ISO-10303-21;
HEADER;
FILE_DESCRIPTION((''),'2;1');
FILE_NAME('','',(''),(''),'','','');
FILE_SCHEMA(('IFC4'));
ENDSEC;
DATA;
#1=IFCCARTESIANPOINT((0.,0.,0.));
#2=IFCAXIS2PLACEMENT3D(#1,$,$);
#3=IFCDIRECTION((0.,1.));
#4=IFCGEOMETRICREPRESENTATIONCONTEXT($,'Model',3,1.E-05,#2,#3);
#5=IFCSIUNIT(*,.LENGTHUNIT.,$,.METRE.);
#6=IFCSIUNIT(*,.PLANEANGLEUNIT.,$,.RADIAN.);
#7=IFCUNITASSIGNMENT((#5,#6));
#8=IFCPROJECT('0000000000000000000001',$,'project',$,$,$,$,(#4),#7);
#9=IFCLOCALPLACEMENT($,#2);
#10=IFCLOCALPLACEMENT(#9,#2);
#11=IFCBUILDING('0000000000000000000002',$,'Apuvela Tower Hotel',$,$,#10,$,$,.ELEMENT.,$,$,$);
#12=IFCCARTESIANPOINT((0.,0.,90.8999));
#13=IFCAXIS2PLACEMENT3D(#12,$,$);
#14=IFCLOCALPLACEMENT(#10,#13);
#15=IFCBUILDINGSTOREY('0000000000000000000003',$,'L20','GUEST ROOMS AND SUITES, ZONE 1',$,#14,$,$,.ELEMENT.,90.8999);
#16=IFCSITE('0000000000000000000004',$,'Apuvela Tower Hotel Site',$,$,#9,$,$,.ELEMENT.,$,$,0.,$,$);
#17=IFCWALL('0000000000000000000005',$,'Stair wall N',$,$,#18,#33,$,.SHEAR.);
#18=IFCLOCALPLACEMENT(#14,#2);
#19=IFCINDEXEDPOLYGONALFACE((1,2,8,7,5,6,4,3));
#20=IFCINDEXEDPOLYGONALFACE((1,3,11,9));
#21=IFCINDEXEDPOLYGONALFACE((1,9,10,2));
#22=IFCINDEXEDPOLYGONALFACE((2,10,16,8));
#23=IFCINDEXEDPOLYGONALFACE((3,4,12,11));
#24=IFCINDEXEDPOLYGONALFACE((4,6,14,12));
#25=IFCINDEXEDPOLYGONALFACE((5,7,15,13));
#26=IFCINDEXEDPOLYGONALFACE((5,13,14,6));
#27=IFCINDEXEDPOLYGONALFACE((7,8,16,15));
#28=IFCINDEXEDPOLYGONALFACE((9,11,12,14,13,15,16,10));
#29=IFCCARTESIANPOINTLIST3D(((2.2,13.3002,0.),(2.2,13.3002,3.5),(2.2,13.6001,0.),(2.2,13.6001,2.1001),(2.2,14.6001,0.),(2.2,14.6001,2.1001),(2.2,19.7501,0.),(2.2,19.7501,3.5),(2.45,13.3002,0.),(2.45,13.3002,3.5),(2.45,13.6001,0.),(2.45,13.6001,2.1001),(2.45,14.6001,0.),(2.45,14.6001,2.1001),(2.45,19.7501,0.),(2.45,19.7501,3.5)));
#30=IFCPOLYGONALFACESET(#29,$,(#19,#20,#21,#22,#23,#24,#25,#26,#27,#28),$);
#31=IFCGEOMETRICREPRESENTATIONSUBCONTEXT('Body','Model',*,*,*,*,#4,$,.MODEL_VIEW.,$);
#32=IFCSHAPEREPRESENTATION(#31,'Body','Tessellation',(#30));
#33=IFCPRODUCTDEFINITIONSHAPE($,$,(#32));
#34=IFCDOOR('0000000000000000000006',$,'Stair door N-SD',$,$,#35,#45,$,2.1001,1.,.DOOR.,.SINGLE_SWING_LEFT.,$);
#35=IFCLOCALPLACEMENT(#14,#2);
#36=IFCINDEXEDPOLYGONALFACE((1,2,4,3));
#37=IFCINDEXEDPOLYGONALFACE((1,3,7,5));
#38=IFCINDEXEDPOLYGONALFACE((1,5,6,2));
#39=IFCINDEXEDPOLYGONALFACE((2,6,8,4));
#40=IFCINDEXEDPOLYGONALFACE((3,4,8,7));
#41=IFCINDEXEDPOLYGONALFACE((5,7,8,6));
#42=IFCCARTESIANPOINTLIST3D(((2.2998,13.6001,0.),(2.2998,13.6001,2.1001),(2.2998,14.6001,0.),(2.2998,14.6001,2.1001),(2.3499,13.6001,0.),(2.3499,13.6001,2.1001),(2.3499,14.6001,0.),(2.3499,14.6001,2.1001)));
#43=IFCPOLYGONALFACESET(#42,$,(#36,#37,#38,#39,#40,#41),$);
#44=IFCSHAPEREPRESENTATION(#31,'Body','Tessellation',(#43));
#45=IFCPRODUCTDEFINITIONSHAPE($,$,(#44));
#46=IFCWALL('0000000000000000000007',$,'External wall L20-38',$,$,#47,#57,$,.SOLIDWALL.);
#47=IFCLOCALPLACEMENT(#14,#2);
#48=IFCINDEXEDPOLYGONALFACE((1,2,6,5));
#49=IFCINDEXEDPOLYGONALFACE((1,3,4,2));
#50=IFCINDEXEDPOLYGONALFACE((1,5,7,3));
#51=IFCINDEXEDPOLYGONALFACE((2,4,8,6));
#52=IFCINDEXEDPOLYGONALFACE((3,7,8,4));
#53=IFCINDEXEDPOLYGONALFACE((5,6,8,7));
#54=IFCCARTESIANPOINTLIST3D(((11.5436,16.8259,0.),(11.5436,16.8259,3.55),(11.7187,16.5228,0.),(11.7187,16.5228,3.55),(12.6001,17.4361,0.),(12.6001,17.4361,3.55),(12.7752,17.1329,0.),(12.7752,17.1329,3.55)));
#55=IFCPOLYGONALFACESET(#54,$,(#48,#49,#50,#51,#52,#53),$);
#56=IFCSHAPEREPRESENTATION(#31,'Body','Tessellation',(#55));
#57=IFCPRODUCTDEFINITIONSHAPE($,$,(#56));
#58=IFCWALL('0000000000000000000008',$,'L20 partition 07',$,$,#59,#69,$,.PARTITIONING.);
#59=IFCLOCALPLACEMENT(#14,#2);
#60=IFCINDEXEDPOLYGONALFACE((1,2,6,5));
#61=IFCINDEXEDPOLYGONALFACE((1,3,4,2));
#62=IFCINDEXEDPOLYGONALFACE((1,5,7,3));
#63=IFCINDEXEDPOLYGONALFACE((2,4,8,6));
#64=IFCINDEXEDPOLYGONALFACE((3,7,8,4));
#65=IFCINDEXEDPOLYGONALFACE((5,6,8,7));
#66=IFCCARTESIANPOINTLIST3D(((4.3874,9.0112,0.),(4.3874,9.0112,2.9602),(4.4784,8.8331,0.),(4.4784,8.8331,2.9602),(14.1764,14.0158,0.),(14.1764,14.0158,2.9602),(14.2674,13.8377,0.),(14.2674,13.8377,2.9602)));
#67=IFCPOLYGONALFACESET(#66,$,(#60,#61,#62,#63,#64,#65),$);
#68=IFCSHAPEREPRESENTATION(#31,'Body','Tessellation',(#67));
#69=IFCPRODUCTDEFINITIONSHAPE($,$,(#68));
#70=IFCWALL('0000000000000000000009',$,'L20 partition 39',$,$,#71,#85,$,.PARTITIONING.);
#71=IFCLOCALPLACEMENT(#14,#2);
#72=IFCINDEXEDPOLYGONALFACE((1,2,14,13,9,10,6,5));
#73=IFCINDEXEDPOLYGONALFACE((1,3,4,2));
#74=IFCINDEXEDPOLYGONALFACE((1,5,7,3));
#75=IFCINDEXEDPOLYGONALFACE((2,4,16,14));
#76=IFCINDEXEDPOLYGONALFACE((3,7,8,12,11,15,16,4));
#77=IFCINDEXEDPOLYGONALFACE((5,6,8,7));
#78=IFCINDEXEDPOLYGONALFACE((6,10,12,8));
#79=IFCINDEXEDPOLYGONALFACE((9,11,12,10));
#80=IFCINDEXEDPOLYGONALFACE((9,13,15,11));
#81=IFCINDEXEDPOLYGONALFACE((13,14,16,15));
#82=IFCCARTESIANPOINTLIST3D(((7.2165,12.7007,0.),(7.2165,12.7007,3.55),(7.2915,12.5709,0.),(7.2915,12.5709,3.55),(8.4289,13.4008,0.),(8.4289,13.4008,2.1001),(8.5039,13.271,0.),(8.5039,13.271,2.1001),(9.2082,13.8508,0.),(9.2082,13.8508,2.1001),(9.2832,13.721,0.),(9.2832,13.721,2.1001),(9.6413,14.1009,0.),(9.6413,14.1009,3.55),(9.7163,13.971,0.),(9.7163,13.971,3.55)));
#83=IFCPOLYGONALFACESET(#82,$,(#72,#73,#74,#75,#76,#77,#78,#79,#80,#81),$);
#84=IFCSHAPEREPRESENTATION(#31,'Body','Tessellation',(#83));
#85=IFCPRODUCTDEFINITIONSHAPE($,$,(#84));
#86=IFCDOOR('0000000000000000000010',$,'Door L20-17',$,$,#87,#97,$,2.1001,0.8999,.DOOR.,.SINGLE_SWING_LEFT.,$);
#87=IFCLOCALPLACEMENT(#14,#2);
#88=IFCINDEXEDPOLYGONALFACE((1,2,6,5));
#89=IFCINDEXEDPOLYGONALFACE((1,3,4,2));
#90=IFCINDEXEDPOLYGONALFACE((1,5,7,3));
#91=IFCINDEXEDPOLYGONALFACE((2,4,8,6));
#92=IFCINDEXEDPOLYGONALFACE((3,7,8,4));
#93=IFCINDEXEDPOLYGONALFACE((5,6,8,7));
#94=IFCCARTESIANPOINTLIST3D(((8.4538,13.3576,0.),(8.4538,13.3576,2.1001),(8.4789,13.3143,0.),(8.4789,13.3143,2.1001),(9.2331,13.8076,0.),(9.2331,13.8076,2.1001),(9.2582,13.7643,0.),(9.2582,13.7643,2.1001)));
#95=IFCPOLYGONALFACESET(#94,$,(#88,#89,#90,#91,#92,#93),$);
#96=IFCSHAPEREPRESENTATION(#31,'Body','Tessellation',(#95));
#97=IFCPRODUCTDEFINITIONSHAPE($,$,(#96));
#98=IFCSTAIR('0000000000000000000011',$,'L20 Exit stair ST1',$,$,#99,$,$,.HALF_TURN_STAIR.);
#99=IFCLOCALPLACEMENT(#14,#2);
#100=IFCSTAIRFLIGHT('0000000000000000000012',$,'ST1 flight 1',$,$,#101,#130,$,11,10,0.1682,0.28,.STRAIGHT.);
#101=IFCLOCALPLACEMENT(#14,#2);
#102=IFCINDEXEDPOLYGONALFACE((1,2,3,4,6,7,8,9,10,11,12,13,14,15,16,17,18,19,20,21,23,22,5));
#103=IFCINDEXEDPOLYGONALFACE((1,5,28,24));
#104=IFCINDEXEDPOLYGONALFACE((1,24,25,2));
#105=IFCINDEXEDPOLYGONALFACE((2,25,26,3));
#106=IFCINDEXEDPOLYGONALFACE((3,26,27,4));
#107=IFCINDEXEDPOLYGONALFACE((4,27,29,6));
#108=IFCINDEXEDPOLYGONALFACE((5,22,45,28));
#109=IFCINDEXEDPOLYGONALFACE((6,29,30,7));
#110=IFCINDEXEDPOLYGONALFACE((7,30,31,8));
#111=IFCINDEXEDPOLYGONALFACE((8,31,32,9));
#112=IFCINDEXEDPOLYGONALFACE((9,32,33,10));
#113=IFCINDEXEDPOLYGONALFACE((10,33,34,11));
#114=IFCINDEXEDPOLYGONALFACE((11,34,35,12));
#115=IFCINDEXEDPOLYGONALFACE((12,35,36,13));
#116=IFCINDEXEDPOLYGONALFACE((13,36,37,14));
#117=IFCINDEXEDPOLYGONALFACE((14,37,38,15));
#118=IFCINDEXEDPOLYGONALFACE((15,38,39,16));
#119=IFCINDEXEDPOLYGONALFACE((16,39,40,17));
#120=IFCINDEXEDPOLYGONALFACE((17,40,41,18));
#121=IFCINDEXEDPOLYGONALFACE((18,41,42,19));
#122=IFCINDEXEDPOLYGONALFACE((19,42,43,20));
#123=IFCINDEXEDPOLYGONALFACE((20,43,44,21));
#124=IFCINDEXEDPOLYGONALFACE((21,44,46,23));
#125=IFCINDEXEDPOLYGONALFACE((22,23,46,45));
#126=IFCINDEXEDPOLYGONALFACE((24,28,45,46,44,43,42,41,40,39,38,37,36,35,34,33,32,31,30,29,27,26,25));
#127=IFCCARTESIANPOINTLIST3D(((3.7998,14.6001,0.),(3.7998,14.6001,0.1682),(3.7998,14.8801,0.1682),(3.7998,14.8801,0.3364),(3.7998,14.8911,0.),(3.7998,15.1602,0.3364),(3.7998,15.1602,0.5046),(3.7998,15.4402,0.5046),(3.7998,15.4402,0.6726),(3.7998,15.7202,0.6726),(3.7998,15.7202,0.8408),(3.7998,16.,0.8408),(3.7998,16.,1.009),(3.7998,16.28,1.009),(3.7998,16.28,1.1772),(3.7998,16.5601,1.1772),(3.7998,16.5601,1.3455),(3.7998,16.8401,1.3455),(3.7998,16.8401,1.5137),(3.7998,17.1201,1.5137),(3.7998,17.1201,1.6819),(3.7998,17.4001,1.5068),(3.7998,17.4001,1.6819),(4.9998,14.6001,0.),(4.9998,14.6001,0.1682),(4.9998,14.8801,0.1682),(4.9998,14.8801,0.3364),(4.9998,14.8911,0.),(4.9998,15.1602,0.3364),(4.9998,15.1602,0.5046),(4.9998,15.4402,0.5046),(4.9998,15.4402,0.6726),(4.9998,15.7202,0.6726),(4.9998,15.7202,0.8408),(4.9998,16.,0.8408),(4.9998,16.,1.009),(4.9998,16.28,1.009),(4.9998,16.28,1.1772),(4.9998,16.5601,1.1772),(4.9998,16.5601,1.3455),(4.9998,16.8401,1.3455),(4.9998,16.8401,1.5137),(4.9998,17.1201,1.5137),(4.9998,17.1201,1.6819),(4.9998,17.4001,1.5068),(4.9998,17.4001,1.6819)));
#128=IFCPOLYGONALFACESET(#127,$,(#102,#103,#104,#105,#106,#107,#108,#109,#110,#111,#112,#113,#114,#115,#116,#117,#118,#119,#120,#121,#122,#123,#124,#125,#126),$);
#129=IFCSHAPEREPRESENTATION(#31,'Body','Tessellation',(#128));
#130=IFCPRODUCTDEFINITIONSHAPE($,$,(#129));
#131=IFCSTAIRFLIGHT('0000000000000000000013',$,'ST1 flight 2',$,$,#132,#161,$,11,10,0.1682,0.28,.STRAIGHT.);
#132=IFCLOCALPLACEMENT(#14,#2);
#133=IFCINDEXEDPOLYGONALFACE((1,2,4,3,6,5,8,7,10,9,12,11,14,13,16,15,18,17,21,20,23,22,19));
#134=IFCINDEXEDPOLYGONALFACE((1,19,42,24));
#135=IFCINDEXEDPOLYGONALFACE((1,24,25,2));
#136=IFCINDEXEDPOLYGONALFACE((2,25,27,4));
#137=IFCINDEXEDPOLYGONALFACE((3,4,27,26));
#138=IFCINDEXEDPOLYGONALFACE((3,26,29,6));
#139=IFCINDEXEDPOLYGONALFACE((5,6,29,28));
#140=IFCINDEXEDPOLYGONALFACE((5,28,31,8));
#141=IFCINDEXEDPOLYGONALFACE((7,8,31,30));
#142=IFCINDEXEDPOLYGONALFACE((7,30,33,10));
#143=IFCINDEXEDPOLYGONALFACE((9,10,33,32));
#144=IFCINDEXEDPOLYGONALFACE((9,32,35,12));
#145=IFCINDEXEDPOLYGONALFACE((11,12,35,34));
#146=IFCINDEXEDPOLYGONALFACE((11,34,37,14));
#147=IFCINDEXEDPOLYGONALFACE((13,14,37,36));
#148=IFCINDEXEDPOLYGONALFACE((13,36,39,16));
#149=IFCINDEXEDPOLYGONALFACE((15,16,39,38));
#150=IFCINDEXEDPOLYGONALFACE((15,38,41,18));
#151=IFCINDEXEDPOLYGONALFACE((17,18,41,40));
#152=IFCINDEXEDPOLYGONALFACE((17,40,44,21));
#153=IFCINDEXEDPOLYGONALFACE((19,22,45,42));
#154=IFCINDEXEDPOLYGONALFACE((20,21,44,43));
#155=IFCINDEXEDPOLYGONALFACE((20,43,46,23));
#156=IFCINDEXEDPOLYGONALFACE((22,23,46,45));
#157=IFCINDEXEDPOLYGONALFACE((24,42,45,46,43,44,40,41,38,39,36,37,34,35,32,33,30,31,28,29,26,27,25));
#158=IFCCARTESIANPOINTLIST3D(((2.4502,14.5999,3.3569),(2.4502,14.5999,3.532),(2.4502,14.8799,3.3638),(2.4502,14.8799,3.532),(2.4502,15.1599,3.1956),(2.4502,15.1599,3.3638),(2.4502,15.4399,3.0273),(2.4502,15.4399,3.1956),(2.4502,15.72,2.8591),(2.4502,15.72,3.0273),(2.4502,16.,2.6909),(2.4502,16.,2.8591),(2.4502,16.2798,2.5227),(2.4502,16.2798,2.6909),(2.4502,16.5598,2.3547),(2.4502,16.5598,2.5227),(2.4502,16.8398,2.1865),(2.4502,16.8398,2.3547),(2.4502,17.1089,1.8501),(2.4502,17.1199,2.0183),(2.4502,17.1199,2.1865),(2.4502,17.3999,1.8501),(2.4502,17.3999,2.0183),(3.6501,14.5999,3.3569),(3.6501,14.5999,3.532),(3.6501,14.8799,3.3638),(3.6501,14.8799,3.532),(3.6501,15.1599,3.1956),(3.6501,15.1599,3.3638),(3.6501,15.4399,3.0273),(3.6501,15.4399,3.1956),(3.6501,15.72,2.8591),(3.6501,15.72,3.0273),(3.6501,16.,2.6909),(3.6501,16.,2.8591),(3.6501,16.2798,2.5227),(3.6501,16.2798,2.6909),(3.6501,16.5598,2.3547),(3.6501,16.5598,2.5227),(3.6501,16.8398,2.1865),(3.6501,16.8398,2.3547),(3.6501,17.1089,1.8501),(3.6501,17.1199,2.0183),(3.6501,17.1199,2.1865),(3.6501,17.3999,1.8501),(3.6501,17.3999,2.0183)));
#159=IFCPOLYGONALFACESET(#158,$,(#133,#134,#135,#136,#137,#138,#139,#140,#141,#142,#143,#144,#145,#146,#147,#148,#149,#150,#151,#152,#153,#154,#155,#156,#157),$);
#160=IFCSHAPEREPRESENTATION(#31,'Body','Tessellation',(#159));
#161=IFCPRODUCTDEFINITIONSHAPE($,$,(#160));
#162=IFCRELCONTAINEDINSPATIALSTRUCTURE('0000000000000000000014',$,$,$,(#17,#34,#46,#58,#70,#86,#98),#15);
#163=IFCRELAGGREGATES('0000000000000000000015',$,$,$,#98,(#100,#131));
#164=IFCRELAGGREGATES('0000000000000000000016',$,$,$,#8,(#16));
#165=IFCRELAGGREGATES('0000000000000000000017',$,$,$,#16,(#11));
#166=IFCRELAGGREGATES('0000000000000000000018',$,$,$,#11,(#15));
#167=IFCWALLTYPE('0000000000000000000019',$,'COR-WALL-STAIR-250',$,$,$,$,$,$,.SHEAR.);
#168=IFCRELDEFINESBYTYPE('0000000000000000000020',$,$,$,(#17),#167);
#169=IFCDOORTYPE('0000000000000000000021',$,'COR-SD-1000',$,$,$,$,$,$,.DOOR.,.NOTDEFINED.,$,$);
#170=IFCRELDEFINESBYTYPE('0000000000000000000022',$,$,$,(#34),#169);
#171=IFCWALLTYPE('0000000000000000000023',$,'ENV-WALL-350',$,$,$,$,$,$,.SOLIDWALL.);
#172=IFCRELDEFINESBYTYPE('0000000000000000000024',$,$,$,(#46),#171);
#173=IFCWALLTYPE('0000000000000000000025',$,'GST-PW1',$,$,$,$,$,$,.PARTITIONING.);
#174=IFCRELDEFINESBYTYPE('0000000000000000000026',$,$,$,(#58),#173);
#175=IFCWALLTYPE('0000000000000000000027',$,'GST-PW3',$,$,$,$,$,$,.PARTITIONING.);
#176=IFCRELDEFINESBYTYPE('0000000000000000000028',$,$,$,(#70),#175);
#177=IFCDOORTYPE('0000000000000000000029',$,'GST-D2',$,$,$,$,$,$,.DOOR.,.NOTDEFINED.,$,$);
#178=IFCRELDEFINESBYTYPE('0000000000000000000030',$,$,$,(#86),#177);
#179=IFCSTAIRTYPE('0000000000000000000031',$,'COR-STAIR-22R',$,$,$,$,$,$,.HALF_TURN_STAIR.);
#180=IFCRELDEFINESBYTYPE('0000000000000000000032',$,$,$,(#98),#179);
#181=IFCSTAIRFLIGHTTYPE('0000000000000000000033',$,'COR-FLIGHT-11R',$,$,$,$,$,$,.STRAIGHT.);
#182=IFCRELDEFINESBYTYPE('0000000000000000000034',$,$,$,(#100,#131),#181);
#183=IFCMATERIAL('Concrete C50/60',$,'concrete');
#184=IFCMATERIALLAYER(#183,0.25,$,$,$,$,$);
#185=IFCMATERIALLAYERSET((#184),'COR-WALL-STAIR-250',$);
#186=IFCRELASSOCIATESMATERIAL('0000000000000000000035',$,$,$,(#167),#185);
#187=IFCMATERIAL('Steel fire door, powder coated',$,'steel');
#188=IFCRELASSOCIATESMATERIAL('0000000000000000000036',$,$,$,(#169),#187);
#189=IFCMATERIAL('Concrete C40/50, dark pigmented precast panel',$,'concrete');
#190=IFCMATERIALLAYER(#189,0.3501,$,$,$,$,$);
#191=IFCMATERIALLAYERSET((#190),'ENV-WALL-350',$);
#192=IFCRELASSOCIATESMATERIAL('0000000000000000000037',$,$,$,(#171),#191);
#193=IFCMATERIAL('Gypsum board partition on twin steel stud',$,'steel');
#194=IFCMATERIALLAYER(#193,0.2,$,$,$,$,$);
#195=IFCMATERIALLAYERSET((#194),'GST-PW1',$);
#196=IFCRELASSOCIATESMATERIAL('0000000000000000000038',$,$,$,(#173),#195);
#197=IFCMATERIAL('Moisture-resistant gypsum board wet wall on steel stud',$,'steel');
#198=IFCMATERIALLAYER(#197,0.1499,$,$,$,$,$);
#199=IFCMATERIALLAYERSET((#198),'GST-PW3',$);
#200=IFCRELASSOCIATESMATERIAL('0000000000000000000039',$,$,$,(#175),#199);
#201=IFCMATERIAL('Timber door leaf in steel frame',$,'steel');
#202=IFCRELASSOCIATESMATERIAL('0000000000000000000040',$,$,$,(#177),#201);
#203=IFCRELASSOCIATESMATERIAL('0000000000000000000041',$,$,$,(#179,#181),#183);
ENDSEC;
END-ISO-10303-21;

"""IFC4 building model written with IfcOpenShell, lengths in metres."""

from ifc_helpers import new_model, si_unit, direction, frame, frame_2d, origin, place, context, subcontext, project, spatial, polyline, rectangle, outline, extrude, material, layer, layer_set, type_object, element, fill, aggregate, save


model = new_model("IFC4")

# Units and contexts
model_context = context("Model", 3, precision=1e-05, world=origin(), true_north=direction((0.0, 1.0)))
body_context = subcontext(model_context, "Body", "Model", "MODEL_VIEW")
ifc_project = project(units=[si_unit("LENGTHUNIT", "METRE"), si_unit("PLANEANGLEUNIT", "RADIAN")], contexts=[model_context])

# Site, building, storey
site_placement = place(None, origin())
site = spatial("IfcSite", under=ifc_project, at=site_placement, Name="Apuvela Tower Hotel Site", CompositionType="ELEMENT", RefElevation=0.0)
building_placement = place(site_placement, origin())
building = spatial("IfcBuilding", under=site, at=building_placement, Name="Apuvela Tower Hotel", CompositionType="ELEMENT")
storey_placement = place(building_placement, frame((0.0, 0.0, 90.8999)))
storey = spatial("IfcBuildingStorey", under=building, at=storey_placement, Name="L20", Description="GUEST ROOMS AND SUITES, ZONE 1", CompositionType="ELEMENT", Elevation=90.8999)

# Shared definitions
ifc_material_1 = material(Name="Concrete C50/60", Category="concrete")
ifc_material_2 = material(Name="Steel fire door, powder coated", Category="steel")

# Wall, opening, door
ifc_layer_1 = layer(ifc_material_1, 0.25)
ifc_layer_set_1 = layer_set([ifc_layer_1], Name="COR-WALL-STAIR-250")
wall_type_1 = type_object("IfcWallType", Name="COR-WALL-STAIR-250", PredefinedType="SHEAR", material=ifc_layer_set_1)
wall_1_placement = place(storey_placement, frame((2.325, 13.3, 0.0), z_axis=(0.0, 0.0, 1.0), x_axis=(0.0, 1.0, 0.0)))
wall_1 = element("IfcWall", 1, at=wall_1_placement, inside=storey, type_object=wall_type_1, Name="Stair wall N", PredefinedType="SHEAR", context=body_context, shape_type="SweptSolid", body=[
    extrude(rectangle(XDim=6.45, YDim=0.25, at=frame_2d((3.2251, 0.0))), origin(), (0.0, 0.0, 1.0), 3.5),
])
opening_1_placement = place(wall_1_placement, frame((0.3, 0.0, 0.0)))
opening_1 = element("IfcOpeningElement", 2, at=opening_1_placement, cuts=wall_1, PredefinedType="OPENING", context=body_context, shape_type="SweptSolid", body=[
    extrude(rectangle(XDim=1.0, YDim=2.1001, at=frame_2d((0.5, 1.05))), frame((0.0, 0.135, 0.0), z_axis=(0.0, -1.0, 0.0), x_axis=(1.0, 0.0, 0.0)), (0.0, 0.0, 1.0), 0.27),
])
door_type_1 = type_object("IfcDoorType", Name="COR-SD-1000", OperationType="NOTDEFINED", PredefinedType="DOOR", material=ifc_material_2)
door_1_placement = place(opening_1_placement, frame((1.0, 0.0, 0.0), z_axis=(0.0, 0.0, 1.0), x_axis=(-1.0, 0.0, 0.0)))
door_1 = element("IfcDoor", 3, at=door_1_placement, inside=storey, type_object=door_type_1, Name="Stair door N-SD", OperationType="SINGLE_SWING_LEFT", OverallHeight=2.1001, OverallWidth=1.0, PredefinedType="DOOR", context=body_context, shape_type="SweptSolid", body=[
    extrude(rectangle(XDim=1.0, YDim=2.1001, at=frame_2d((0.5, 1.05))), frame((0.0, 0.0249, 0.0), z_axis=(0.0, -1.0, 0.0), x_axis=(1.0, 0.0, 0.0)), (0.0, 0.0, 1.0), 0.05),
])
fill(opening_1, door_1)

# Wall
ifc_material_3 = material(Name="Concrete C40/50, dark pigmented precast panel", Category="concrete")
ifc_layer_2 = layer(ifc_material_3, 0.3501)
ifc_layer_set_2 = layer_set([ifc_layer_2], Name="ENV-WALL-350")
wall_type_2 = type_object("IfcWallType", Name="ENV-WALL-350", PredefinedType="SOLIDWALL", material=ifc_layer_set_2)
wall_2_placement = place(storey_placement, frame((12.6875, 17.2844, 0.0), z_axis=(0.0, 0.0, 1.0), x_axis=(-0.865956, -0.500121, 0.0)))
element("IfcWall", 4, at=wall_2_placement, inside=storey, type_object=wall_type_2, Name="External wall L20-38", PredefinedType="SOLIDWALL", context=body_context, shape_type="SweptSolid", body=[
    extrude(rectangle(XDim=1.22, YDim=0.3501, at=frame_2d((0.6099, 0.0))), origin(), (0.0, 0.0, 1.0), 3.55),
])

# Wall
ifc_material_4 = material(Name="Gypsum board partition on twin steel stud", Category="steel")
ifc_layer_3 = layer(ifc_material_4, 0.2)
ifc_layer_set_3 = layer_set([ifc_layer_3], Name="GST-PW1")
wall_type_3 = type_object("IfcWallType", Name="GST-PW1", PredefinedType="PARTITIONING", material=ifc_layer_set_3)
wall_3_placement = place(storey_placement, frame((14.2219, 13.9268, 0.0), z_axis=(0.0, 0.0, 1.0), x_axis=(-0.890385, -0.455208, 0.0)))
element("IfcWall", 5, at=wall_3_placement, inside=storey, type_object=wall_type_3, Name="L20 partition 07", PredefinedType="PARTITIONING", context=body_context, shape_type="SweptSolid", body=[
    extrude(rectangle(XDim=10.9941, YDim=0.2, at=frame_2d((5.4971, 0.0))), origin(), (0.0, 0.0, 1.0), 2.9602),
])

# Wall, opening, door
ifc_material_5 = material(Name="Moisture-resistant gypsum board wet wall on steel stud", Category="steel")
ifc_layer_4 = layer(ifc_material_5, 0.1499)
ifc_layer_set_4 = layer_set([ifc_layer_4], Name="GST-PW3")
wall_type_4 = type_object("IfcWallType", Name="GST-PW3", PredefinedType="PARTITIONING", material=ifc_layer_set_4)
wall_4_placement = place(storey_placement, frame((9.6787, 14.0359, 0.0), z_axis=(0.0, 0.0, 1.0), x_axis=(-0.865997, -0.50005, 0.0)))
wall_4 = element("IfcWall", 6, at=wall_4_placement, inside=storey, type_object=wall_type_4, Name="L20 partition 39", PredefinedType="PARTITIONING", context=body_context, shape_type="SweptSolid", body=[
    extrude(rectangle(XDim=2.8, YDim=0.1499, at=frame_2d((1.3999, 0.0))), origin(), (0.0, 0.0, 1.0), 3.55),
])
opening_2_placement = place(wall_4_placement, frame((0.5, 0.0, 0.0)))
opening_2 = element("IfcOpeningElement", 7, at=opening_2_placement, cuts=wall_4, PredefinedType="OPENING", context=body_context, shape_type="SweptSolid", body=[
    extrude(rectangle(XDim=0.8999, YDim=2.1001, at=frame_2d((0.45, 1.05))), frame((0.0, 0.085, 0.0), z_axis=(0.0, -1.0, 0.0), x_axis=(1.0, 0.0, 0.0)), (0.0, 0.0, 1.0), 0.1699),
])
ifc_material_6 = material(Name="Timber door leaf in steel frame", Category="steel")
door_type_2 = type_object("IfcDoorType", Name="GST-D2", OperationType="NOTDEFINED", PredefinedType="DOOR", material=ifc_material_6)
door_2_placement = place(opening_2_placement, origin())
door_2 = element("IfcDoor", 8, at=door_2_placement, inside=storey, type_object=door_type_2, Name="Door L20-17", OperationType="SINGLE_SWING_LEFT", OverallHeight=2.1001, OverallWidth=0.8999, PredefinedType="DOOR", context=body_context, shape_type="SweptSolid", body=[
    extrude(rectangle(XDim=0.8999, YDim=2.1001, at=frame_2d((0.45, 1.05))), frame((0.0, 0.0249, 0.0), z_axis=(0.0, -1.0, 0.0), x_axis=(1.0, 0.0, 0.0)), (0.0, 0.0, 1.0), 0.05),
])
fill(opening_2, door_2)

# Stair, stair flights
stair_type = type_object("IfcStairType", Name="COR-STAIR-22R", PredefinedType="HALF_TURN_STAIR", material=ifc_material_1)
stair_placement = place(storey_placement, origin())
stair = element("IfcStair", 9, at=stair_placement, inside=storey, type_object=stair_type, Name="L20 Exit stair ST1", PredefinedType="HALF_TURN_STAIR")
stair_flight_type = type_object("IfcStairFlightType", Name="COR-FLIGHT-11R", PredefinedType="STRAIGHT", material=ifc_material_1)
stair_flight_1_placement = place(storey_placement, frame((4.3999, 14.6001, 0.0), z_axis=(0.0, 0.0, 1.0), x_axis=(0.0, 1.0, 0.0)))
stair_flight_1 = element("IfcStairFlight", 10, at=stair_flight_1_placement, type_object=stair_flight_type, Name="ST1 flight 1", NumberOfRisers=11, NumberOfTreads=10, PredefinedType="STRAIGHT", RiserHeight=0.1682, TreadLength=0.28, context=body_context, shape_type="SweptSolid", body=[
    extrude(outline(polyline([(0.0, 0.0), (0.0, 0.1682), (0.28, 0.1682), (0.28, 0.3364), (0.5601, 0.3364), (0.5601, 0.5046), (0.8401, 0.5046), (0.8401, 0.6726), (1.1201, 0.6726), (1.1201, 0.8408), (1.3999, 0.8408), (1.3999, 1.009), (1.6799, 1.009), (1.6799, 1.1772), (1.96, 1.1772), (1.96, 1.3455), (2.24, 1.3455), (2.24, 1.5137), (2.52, 1.5137), (2.52, 1.6819), (2.8, 1.6819), (2.8, 1.8501), (2.8, 1.5068), (0.291, 0.0), (0.0, 0.0)])), frame((0.0, 0.6001, 0.0), z_axis=(0.0, -1.0, 0.0), x_axis=(1.0, 0.0, 0.0)), (0.0, 0.0, 1.0), 1.2),
])
stair_flight_2_placement = place(storey_placement, frame((3.05, 17.3999, 1.8501), z_axis=(0.0, 0.0, 1.0), x_axis=(0.0, -1.0, 0.0)))
stair_flight_2 = element("IfcStairFlight", 11, at=stair_flight_2_placement, type_object=stair_flight_type, Name="ST1 flight 2", NumberOfRisers=11, NumberOfTreads=10, PredefinedType="STRAIGHT", RiserHeight=0.1682, TreadLength=0.28, context=body_context, shape_type="SweptSolid", body=[
    extrude(outline(polyline([(0.0, 0.0), (0.0, 0.1682), (0.28, 0.1682), (0.28, 0.3364), (0.5601, 0.3364), (0.5601, 0.5046), (0.8401, 0.5046), (0.8401, 0.6726), (1.1201, 0.6726), (1.1201, 0.8408), (1.3999, 0.8408), (1.3999, 1.009), (1.6799, 1.009), (1.6799, 1.1772), (1.96, 1.1772), (1.96, 1.3455), (2.24, 1.3455), (2.24, 1.5137), (2.52, 1.5137), (2.52, 1.6819), (2.8, 1.6819), (2.8, 1.8501), (2.8, 1.5068), (0.291, 0.0), (0.0, 0.0)])), frame((0.0, 0.6001, 0.0), z_axis=(0.0, -1.0, 0.0), x_axis=(1.0, 0.0, 0.0)), (0.0, 0.0, 1.0), 1.2),
])
aggregate(stair, [stair_flight_1, stair_flight_2])

save(model, "model.ifc")
